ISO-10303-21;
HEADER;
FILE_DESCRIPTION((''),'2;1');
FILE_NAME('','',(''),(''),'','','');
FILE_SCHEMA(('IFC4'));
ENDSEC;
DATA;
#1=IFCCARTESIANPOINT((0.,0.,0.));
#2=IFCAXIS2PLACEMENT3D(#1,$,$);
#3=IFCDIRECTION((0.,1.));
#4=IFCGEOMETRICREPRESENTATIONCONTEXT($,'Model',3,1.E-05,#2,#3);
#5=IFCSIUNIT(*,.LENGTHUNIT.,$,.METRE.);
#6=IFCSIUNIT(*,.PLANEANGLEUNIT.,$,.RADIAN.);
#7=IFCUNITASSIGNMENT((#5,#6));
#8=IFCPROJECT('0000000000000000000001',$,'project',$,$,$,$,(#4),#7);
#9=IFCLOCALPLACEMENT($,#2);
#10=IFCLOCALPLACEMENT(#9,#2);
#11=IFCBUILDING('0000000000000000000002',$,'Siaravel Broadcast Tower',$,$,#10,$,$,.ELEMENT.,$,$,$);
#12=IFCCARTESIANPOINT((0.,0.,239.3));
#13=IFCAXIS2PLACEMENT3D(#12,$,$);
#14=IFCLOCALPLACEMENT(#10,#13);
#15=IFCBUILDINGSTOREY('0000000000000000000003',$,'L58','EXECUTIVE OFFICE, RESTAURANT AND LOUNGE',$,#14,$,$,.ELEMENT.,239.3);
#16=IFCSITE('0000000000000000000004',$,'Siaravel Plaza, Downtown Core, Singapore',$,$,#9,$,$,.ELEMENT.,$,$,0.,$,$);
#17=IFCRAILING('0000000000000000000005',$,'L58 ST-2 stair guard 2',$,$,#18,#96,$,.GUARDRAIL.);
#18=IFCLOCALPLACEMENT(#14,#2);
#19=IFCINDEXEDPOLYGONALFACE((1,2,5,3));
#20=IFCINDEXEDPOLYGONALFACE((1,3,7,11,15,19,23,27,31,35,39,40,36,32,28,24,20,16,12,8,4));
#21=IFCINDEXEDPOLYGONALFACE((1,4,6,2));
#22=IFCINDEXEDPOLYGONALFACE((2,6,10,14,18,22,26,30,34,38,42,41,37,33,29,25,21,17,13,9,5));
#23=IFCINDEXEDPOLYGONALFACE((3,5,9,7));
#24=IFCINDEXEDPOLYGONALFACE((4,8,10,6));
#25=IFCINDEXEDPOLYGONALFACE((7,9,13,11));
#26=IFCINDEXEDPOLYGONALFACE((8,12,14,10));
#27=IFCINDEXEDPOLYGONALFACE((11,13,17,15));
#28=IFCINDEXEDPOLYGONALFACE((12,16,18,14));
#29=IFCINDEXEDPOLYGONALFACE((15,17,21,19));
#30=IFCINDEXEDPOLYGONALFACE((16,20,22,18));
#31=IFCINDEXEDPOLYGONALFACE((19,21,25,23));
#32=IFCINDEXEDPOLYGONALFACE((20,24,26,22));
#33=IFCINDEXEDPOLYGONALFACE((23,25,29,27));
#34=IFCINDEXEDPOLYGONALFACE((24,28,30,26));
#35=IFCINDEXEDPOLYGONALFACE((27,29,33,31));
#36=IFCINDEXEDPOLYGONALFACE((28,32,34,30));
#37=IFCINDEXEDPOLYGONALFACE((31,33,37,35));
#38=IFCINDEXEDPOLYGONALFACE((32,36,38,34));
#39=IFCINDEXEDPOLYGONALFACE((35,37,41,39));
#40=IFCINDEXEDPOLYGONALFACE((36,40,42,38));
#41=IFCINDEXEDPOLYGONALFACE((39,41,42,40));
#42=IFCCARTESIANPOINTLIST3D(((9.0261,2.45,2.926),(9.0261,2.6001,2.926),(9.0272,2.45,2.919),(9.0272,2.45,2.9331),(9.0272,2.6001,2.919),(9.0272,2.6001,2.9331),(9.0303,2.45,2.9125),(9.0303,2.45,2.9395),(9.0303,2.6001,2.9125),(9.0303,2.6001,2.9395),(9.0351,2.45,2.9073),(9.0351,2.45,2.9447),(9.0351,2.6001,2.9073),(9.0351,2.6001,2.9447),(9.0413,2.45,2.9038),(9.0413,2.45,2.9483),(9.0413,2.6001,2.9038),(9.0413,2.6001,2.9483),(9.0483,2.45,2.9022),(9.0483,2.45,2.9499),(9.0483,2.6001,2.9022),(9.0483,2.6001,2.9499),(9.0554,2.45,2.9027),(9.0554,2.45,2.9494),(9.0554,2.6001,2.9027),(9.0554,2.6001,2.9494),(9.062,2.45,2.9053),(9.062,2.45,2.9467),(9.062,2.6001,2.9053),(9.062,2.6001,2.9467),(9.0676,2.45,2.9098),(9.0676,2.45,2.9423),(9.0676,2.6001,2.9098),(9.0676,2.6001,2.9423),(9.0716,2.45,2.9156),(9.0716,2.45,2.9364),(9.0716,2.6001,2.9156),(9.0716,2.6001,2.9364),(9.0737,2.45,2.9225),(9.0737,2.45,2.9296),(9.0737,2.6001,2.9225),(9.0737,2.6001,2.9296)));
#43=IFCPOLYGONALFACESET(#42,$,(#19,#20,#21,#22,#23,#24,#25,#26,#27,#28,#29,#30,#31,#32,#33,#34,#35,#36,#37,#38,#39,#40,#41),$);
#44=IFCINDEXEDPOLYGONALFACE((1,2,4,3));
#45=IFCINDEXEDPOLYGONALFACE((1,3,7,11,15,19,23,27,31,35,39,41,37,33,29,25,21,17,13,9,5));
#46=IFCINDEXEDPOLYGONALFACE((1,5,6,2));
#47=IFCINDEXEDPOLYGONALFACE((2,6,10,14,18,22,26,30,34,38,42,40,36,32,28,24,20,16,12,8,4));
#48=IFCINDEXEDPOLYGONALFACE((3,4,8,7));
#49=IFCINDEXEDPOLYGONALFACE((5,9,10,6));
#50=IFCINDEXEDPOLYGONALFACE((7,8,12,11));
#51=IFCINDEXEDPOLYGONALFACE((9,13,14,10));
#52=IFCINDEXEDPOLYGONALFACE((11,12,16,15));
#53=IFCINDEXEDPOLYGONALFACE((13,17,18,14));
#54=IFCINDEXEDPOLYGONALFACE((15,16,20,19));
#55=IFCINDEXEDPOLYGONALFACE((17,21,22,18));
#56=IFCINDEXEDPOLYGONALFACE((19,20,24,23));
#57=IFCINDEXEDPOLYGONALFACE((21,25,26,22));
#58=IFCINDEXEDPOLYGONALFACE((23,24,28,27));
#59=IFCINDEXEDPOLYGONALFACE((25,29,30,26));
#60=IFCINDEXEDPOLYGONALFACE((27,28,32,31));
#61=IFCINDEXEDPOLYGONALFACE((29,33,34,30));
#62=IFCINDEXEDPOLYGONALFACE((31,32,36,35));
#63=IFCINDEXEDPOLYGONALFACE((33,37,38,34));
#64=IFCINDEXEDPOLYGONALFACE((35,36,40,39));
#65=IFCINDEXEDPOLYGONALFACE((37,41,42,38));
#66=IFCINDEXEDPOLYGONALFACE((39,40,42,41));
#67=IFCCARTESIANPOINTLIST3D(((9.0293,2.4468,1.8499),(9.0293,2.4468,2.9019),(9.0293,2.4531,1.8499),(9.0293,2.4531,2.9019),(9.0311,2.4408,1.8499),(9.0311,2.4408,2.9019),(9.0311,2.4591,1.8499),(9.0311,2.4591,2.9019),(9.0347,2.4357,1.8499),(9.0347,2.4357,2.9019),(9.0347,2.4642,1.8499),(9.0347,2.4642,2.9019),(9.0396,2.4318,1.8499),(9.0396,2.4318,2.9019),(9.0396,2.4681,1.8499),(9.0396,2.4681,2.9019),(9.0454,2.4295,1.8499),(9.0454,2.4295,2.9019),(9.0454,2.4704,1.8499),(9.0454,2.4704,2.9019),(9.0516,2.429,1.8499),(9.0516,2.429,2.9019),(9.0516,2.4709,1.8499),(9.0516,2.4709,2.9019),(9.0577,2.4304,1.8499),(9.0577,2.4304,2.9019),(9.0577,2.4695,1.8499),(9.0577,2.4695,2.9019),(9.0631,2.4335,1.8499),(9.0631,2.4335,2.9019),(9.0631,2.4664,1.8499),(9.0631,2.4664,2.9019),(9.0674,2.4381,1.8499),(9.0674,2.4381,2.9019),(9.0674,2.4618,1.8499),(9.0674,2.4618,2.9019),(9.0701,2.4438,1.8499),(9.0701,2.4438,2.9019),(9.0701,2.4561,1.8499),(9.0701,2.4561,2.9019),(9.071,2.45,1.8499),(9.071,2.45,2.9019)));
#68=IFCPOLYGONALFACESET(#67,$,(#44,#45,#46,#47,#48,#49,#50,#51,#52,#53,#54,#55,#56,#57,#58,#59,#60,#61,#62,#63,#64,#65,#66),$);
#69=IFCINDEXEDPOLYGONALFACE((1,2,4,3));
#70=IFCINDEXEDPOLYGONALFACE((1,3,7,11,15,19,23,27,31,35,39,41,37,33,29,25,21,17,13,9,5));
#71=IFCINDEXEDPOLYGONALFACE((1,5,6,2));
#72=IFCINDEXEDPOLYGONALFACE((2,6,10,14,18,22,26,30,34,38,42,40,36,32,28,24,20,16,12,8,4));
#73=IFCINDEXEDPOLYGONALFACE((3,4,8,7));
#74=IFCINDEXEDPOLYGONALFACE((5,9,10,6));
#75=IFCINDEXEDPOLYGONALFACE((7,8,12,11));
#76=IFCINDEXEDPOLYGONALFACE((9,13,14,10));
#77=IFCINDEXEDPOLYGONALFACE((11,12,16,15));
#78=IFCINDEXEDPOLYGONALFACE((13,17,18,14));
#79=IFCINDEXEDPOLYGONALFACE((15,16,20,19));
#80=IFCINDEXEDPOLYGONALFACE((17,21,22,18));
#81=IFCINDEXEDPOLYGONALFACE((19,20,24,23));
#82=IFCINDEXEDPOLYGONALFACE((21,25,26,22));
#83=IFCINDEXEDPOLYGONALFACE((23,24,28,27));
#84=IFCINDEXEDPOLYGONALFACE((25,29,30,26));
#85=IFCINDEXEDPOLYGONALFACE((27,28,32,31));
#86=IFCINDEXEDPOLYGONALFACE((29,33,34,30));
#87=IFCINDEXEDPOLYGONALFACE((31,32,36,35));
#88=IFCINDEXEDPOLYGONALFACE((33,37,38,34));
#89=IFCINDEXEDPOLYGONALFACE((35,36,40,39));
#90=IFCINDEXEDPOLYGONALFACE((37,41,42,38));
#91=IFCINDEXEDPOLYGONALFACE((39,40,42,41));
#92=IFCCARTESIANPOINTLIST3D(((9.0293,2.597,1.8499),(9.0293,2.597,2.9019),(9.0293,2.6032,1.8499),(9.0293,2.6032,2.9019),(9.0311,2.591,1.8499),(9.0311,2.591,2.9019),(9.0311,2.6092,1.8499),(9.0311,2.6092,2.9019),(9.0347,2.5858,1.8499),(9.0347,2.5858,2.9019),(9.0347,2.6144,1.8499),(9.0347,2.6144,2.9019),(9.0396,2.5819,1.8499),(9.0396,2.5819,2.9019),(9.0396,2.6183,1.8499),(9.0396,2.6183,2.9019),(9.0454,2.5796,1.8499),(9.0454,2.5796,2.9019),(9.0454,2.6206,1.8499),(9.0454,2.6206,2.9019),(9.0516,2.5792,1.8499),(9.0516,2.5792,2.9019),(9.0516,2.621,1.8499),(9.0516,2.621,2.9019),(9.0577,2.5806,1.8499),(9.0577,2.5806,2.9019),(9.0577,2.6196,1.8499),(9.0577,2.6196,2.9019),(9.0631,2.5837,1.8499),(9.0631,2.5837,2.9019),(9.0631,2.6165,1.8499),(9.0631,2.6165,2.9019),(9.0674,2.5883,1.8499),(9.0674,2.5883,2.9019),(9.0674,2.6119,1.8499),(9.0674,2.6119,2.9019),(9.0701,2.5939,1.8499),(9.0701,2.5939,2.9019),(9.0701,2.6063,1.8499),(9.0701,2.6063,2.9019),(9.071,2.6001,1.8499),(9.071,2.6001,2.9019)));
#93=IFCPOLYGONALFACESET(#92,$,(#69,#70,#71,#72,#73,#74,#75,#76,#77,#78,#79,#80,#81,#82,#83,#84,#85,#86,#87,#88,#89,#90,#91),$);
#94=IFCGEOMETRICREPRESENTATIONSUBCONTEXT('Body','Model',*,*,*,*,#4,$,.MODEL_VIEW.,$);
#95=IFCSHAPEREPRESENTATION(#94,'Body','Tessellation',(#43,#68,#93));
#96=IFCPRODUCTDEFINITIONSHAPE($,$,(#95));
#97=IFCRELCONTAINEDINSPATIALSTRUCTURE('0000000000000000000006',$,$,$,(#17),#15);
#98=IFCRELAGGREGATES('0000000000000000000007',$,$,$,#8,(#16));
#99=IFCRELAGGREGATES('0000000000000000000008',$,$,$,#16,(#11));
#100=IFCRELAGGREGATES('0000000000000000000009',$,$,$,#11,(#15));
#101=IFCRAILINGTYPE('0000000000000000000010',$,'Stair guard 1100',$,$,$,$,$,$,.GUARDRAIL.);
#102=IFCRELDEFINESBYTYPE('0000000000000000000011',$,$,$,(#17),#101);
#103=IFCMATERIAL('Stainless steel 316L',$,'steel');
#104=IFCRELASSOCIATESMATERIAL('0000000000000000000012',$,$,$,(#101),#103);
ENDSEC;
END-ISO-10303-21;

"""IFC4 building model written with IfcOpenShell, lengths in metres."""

from ifc_helpers import new_model, si_unit, direction, frame, origin, origin_2d, place, context, subcontext, project, spatial, circle, extrude, material, type_object, element, save


model = new_model("IFC4")

# Units and contexts
model_context = context("Model", 3, precision=1e-05, world=origin(), true_north=direction((0.0, 1.0)))
body_context = subcontext(model_context, "Body", "Model", "MODEL_VIEW")
ifc_project = project(units=[si_unit("LENGTHUNIT", "METRE"), si_unit("PLANEANGLEUNIT", "RADIAN")], contexts=[model_context])

# Site, building, storey
site_placement = place(None, origin())
site = spatial("IfcSite", under=ifc_project, at=site_placement, Name="Siaravel Plaza, Downtown Core, Singapore", CompositionType="ELEMENT", RefElevation=0.0)
building_placement = place(site_placement, origin())
building = spatial("IfcBuilding", under=site, at=building_placement, Name="Siaravel Broadcast Tower", CompositionType="ELEMENT")
storey_placement = place(building_placement, frame((0.0, 0.0, 239.3)))
storey = spatial("IfcBuildingStorey", under=building, at=storey_placement, Name="L58", Description="EXECUTIVE OFFICE, RESTAURANT AND LOUNGE", CompositionType="ELEMENT", Elevation=239.3)

# Railing
ifc_material_1 = material(Name="Stainless steel 316L", Category="steel")
railing_type_1 = type_object("IfcRailingType", Name="Stair guard 1100", PredefinedType="GUARDRAIL", material=ifc_material_1)
railing_1_placement = place(storey_placement, frame((9.05, 2.45, 1.8499)))
element("IfcRailing", 1, at=railing_1_placement, inside=storey, type_object=railing_type_1, Name="L58 ST-2 stair guard 2", PredefinedType="GUARDRAIL", context=body_context, shape_type="SweptSolid", body=[
    extrude(circle(Radius=0.0239, at=origin_2d()), frame((0.0, 0.0, 1.0762), z_axis=(0.0, 1.0, 0.0), x_axis=(-1.0, 0.0, 0.0)), (0.0, 0.0, 1.0), 0.1501),
    extrude(circle(Radius=0.021, at=origin_2d()), origin(), (0.0, 0.0, 1.0), 1.052),
    extrude(circle(Radius=0.021, at=origin_2d()), frame((0.0, 0.1501, 0.0)), (0.0, 0.0, 1.0), 1.052),
])

save(model, "model.ifc")
